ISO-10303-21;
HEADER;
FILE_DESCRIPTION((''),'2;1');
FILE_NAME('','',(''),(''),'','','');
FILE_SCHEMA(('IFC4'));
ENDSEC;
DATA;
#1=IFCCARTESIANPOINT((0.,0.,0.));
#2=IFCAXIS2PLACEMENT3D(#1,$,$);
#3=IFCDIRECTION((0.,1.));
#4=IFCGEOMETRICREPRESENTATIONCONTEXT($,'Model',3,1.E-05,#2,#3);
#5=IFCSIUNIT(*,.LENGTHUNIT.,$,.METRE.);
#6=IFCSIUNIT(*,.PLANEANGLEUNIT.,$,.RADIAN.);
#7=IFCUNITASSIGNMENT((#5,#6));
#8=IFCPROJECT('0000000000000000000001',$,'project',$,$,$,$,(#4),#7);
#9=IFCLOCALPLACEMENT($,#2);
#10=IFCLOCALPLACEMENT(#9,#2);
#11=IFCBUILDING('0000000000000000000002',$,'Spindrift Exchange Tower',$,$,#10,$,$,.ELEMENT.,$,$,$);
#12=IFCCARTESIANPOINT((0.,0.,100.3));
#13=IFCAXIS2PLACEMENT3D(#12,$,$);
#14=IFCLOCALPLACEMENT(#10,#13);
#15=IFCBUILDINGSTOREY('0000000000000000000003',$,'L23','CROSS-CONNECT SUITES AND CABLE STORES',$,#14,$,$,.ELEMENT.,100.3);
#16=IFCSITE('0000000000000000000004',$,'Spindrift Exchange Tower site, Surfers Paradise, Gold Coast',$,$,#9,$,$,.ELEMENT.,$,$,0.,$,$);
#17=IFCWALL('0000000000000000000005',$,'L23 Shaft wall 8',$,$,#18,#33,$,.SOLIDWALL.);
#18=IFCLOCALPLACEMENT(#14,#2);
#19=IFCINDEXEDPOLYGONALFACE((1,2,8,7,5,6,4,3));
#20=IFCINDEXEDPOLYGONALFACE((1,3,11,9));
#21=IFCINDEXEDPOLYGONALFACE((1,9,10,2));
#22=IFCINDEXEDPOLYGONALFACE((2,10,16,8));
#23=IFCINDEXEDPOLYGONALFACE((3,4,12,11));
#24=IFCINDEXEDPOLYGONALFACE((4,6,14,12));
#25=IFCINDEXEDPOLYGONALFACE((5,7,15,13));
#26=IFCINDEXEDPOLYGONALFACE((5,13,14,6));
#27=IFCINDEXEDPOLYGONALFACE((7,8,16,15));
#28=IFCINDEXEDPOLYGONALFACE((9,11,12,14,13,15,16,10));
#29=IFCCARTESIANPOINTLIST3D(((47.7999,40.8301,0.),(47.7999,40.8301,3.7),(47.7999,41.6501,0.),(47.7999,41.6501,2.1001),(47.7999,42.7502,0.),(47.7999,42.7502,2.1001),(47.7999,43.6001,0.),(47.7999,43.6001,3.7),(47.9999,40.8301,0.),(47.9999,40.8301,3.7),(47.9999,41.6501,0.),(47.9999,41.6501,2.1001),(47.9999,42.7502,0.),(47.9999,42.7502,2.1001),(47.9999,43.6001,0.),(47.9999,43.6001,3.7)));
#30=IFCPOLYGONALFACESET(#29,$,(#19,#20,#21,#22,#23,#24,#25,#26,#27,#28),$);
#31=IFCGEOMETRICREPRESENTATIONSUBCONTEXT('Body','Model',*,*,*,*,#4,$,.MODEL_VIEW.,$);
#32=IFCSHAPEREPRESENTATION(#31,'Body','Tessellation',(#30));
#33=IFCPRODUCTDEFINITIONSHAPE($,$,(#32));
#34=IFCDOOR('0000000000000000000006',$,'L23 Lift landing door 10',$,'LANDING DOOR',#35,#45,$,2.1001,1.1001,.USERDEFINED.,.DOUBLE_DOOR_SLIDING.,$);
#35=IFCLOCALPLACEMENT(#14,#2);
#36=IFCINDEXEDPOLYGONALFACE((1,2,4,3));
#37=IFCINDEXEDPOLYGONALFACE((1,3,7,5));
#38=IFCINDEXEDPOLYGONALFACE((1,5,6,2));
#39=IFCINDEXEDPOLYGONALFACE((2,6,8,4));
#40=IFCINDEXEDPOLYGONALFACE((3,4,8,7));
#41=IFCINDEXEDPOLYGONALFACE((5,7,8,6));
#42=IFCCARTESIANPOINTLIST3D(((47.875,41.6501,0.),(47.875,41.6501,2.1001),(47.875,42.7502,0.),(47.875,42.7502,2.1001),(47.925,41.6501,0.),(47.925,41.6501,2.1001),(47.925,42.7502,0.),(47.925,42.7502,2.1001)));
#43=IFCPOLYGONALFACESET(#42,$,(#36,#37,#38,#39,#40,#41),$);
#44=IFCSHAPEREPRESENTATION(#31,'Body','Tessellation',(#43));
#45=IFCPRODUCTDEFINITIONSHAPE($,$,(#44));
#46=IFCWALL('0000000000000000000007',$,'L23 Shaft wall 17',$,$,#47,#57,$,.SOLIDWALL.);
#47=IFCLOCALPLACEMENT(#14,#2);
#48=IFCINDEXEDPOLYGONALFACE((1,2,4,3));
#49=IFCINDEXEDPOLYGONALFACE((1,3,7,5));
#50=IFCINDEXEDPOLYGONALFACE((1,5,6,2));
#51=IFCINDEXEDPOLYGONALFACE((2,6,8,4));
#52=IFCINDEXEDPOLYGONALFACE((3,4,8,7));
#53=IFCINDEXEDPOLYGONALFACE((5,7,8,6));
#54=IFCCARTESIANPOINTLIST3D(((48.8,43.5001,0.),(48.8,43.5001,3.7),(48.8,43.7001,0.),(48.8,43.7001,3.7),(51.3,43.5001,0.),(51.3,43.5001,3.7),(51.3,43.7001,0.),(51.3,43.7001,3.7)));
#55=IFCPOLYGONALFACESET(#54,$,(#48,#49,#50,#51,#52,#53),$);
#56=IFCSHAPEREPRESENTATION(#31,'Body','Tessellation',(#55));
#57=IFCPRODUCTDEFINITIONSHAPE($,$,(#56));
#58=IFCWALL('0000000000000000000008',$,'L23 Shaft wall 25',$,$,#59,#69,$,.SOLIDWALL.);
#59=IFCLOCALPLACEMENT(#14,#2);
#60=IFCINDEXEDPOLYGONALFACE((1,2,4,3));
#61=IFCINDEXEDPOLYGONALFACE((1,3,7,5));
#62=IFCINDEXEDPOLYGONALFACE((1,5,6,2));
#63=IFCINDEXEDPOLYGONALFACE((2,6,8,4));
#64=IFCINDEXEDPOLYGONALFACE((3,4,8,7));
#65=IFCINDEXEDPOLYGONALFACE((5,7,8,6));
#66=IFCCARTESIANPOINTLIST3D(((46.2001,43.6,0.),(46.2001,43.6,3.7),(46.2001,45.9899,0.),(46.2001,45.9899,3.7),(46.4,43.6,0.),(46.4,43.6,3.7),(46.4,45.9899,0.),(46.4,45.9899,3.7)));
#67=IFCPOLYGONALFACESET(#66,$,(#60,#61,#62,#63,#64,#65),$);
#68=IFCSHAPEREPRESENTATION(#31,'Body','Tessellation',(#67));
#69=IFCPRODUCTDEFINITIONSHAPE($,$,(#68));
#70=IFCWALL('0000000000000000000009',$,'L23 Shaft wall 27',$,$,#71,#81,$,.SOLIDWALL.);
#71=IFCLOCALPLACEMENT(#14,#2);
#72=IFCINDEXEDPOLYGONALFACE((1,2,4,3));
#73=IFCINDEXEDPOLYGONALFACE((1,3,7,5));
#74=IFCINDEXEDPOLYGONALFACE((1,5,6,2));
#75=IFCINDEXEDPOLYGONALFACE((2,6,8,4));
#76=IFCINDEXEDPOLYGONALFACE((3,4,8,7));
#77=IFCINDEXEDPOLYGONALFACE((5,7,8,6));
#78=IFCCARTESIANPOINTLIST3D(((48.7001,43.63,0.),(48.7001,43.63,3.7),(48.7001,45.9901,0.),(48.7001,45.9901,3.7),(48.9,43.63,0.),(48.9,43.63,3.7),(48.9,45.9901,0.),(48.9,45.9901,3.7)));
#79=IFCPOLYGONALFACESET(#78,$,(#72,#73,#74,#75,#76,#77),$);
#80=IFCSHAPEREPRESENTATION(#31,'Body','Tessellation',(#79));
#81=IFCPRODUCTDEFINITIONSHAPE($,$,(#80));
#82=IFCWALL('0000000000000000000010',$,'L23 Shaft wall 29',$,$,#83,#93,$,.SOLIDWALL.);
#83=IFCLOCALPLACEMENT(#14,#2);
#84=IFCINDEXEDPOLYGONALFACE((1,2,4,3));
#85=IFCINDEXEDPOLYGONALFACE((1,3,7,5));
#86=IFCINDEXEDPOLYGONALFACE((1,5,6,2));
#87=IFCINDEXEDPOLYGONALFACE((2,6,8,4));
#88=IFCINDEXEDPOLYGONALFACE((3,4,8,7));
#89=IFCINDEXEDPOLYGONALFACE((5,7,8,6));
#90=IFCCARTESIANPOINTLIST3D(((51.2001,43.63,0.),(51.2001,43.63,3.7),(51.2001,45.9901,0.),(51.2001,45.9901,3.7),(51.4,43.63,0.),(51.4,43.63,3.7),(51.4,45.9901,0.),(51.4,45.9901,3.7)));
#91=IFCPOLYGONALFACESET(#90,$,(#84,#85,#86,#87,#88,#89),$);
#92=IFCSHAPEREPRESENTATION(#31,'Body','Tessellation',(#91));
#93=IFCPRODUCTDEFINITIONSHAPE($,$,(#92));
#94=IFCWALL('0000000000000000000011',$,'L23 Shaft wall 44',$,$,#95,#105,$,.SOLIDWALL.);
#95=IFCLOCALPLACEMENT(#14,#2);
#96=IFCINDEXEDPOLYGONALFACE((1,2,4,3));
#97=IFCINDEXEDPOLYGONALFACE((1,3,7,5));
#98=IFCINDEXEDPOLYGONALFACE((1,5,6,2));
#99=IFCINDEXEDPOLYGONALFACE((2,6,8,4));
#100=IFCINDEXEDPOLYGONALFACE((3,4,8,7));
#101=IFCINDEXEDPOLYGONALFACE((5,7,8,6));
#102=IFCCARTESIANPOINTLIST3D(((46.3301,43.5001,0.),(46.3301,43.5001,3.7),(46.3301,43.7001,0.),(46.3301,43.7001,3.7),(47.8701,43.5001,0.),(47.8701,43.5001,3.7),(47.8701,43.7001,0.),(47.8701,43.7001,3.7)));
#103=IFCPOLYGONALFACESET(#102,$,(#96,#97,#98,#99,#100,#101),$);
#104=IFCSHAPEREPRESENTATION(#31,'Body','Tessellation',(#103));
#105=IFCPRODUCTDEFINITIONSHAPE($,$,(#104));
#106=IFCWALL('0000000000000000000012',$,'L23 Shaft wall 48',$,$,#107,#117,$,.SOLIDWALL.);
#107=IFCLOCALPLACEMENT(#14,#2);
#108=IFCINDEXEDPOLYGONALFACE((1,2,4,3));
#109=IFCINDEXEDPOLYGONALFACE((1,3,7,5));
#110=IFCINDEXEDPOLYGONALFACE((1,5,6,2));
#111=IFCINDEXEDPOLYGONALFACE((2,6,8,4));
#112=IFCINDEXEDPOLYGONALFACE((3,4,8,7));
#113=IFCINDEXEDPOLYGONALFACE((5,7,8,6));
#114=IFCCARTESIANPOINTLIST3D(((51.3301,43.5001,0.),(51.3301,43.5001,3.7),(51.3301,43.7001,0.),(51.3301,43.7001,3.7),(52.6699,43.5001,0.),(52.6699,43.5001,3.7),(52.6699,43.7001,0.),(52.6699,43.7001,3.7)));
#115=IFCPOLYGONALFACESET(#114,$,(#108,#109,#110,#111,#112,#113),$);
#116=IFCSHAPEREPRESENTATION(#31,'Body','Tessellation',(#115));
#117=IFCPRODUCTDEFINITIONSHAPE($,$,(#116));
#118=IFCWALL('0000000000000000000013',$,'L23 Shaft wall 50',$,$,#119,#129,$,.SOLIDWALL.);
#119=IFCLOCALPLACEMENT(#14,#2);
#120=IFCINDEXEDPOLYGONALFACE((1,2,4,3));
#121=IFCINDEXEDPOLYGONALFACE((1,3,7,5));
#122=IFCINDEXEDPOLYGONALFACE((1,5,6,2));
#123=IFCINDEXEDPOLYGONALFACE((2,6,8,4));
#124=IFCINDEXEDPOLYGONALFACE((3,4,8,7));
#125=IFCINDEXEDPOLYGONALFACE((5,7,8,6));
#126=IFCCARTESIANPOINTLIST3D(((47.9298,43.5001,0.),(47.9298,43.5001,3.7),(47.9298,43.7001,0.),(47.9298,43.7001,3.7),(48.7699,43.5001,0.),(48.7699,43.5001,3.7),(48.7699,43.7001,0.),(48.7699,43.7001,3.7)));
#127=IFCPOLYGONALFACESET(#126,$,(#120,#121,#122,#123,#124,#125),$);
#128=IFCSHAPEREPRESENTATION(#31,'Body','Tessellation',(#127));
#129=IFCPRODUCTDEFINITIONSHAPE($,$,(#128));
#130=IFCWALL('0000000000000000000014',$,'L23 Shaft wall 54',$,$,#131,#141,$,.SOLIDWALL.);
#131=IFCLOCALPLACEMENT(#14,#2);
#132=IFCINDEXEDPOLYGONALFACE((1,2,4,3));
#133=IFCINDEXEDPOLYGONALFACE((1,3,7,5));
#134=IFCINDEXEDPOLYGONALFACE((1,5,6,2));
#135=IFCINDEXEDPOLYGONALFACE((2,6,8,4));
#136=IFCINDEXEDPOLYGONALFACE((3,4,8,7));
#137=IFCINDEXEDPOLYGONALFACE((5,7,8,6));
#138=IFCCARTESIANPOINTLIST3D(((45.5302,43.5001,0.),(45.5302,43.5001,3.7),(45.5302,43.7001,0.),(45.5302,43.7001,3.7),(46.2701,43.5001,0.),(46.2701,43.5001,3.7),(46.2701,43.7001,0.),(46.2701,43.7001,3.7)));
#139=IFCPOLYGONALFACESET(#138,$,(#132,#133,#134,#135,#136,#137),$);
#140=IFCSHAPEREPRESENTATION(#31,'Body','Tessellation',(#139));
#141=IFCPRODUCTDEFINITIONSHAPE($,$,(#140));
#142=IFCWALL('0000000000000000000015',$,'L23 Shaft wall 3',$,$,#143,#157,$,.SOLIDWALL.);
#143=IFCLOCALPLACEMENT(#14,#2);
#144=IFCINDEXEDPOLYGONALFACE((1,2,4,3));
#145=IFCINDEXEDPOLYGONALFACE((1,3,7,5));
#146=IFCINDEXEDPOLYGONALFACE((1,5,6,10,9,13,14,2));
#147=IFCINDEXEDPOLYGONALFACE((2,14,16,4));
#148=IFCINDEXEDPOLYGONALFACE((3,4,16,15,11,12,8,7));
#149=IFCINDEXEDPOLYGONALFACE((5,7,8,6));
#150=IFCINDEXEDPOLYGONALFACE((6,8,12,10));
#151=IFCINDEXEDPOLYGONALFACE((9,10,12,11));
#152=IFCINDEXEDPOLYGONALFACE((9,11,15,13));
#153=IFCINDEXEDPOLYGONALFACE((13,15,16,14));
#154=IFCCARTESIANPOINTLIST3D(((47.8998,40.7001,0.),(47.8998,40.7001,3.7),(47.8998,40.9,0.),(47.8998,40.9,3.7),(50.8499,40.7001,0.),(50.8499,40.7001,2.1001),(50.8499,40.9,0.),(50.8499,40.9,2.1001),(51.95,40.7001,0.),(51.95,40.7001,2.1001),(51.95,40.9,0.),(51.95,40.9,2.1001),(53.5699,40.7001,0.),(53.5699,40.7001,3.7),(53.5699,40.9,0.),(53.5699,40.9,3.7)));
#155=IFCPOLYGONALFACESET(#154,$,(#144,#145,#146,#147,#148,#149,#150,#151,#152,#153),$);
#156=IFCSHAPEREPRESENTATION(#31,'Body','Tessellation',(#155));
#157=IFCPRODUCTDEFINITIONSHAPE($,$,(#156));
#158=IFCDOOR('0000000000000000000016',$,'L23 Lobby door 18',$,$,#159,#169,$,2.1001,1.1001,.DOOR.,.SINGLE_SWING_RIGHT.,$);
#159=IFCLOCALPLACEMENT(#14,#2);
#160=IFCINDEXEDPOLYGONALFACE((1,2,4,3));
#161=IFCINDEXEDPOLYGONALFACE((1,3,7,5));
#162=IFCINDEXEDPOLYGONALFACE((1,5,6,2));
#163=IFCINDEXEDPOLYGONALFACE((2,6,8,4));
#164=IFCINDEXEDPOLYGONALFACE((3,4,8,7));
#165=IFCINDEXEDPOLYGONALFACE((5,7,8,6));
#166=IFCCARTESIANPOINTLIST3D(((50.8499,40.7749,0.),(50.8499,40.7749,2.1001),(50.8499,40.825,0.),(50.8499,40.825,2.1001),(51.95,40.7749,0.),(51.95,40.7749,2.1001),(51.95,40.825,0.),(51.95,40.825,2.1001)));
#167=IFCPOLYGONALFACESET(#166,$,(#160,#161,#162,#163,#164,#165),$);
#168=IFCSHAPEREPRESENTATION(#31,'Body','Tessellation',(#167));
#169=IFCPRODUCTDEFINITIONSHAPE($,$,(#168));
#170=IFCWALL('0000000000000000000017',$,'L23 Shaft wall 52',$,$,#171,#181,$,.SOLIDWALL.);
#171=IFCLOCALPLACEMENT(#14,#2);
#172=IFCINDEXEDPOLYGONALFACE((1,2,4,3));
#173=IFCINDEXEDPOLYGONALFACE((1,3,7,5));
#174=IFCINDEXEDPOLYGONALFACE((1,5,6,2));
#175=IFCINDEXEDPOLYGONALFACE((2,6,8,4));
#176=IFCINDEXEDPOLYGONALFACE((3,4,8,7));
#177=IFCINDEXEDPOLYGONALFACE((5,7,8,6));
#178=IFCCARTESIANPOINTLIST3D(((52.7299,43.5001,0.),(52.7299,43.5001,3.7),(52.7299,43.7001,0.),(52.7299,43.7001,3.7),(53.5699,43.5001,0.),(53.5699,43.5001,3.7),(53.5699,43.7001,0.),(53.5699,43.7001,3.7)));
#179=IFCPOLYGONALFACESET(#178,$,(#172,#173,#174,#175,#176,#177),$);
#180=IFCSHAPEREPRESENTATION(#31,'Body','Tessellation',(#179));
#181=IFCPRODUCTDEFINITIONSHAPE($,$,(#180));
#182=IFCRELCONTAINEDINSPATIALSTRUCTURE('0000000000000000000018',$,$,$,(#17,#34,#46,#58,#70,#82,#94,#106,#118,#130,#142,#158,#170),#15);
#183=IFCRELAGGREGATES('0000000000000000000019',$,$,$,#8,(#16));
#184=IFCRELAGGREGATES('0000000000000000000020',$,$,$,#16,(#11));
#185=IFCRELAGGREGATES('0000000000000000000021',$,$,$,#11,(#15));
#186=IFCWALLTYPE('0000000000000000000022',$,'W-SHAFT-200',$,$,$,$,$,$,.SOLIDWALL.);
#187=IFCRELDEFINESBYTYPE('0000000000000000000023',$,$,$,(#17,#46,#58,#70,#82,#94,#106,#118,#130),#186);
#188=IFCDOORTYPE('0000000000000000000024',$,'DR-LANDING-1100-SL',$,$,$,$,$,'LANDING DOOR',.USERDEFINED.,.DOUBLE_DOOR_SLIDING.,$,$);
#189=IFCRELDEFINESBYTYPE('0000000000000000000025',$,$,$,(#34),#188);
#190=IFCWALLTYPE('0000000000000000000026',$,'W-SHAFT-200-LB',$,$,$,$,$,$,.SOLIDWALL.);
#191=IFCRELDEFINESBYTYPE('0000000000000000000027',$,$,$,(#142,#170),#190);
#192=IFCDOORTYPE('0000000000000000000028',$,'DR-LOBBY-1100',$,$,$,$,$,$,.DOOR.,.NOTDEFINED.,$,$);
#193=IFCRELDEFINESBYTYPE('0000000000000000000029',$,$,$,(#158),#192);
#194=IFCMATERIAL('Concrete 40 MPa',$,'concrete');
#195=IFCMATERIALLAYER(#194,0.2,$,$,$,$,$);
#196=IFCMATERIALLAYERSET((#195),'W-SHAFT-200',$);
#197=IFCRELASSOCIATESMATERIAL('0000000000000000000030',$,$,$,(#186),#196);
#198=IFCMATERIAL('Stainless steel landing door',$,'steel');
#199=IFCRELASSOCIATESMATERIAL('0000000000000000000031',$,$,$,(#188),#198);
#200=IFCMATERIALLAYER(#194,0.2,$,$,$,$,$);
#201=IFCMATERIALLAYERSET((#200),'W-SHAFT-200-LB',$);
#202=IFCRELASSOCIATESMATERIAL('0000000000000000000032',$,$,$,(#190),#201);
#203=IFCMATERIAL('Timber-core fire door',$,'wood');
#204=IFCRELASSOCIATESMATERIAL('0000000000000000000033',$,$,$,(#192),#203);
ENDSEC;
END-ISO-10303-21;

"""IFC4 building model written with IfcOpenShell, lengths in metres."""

from ifc_helpers import new_model, si_unit, direction, frame, frame_2d, origin, place, context, subcontext, project, spatial, rectangle, extrude, source, transform, mapped, material, layer, layer_set, type_object, element, fill, save


model = new_model("IFC4")

# Units and contexts
model_context = context("Model", 3, precision=1e-05, world=origin(), true_north=direction((0.0, 1.0)))
body_context = subcontext(model_context, "Body", "Model", "MODEL_VIEW")
ifc_project = project(units=[si_unit("LENGTHUNIT", "METRE"), si_unit("PLANEANGLEUNIT", "RADIAN")], contexts=[model_context])

# Site, building, storey
site_placement = place(None, origin())
site = spatial("IfcSite", under=ifc_project, at=site_placement, Name="Spindrift Exchange Tower site, Surfers Paradise, Gold Coast", CompositionType="ELEMENT", RefElevation=0.0)
building_placement = place(site_placement, origin())
building = spatial("IfcBuilding", under=site, at=building_placement, Name="Spindrift Exchange Tower", CompositionType="ELEMENT")
storey_placement = place(building_placement, frame((0.0, 0.0, 100.3)))
storey = spatial("IfcBuildingStorey", under=building, at=storey_placement, Name="L23", Description="CROSS-CONNECT SUITES AND CABLE STORES", CompositionType="ELEMENT", Elevation=100.3)

# Wall, opening, door
ifc_material_1 = material(Name="Concrete 40 MPa", Category="concrete")
ifc_layer_1 = layer(ifc_material_1, 0.2)
ifc_layer_set_1 = layer_set([ifc_layer_1], Name="W-SHAFT-200")
wall_type_1 = type_object("IfcWallType", Name="W-SHAFT-200", PredefinedType="SOLIDWALL", material=ifc_layer_set_1)
wall_1_placement = place(storey_placement, frame((47.8999, 40.8301, 0.0), z_axis=(0.0, 0.0, 1.0), x_axis=(0.0, 1.0, 0.0)))
wall_1 = element("IfcWall", 1, at=wall_1_placement, inside=storey, type_object=wall_type_1, Name="L23 Shaft wall 8", PredefinedType="SOLIDWALL", context=body_context, shape_type="SweptSolid", body=[
    extrude(rectangle(XDim=2.77, YDim=0.2, at=frame_2d((1.385, 0.0))), origin(), (0.0, 0.0, 1.0), 3.7),
])
opening_1_placement = place(wall_1_placement, frame((0.8201, 0.0, 0.0)))
opening_1 = element("IfcOpeningElement", 2, at=opening_1_placement, cuts=wall_1, PredefinedType="OPENING", context=body_context, shape_type="SweptSolid", body=[
    extrude(rectangle(XDim=1.1001, YDim=2.1001, at=frame_2d((0.55, 1.05))), frame((0.0, 0.1099, 0.0), z_axis=(0.0, -1.0, 0.0), x_axis=(1.0, 0.0, 0.0)), (0.0, 0.0, 1.0), 0.22),
])
ifc_material_2 = material(Name="Stainless steel landing door", Category="steel")
door_type_1 = type_object("IfcDoorType", Name="DR-LANDING-1100-SL", ElementType="LANDING DOOR", OperationType="DOUBLE_DOOR_SLIDING", PredefinedType="USERDEFINED", material=ifc_material_2)
shared_shape_1 = source(origin(), body_context, "Body", "SweptSolid", [
    extrude(rectangle(XDim=1.1001, YDim=2.1001, at=frame_2d((0.55, 1.05))), frame((0.0, 0.0249, 0.0), z_axis=(0.0, -1.0, 0.0), x_axis=(1.0, 0.0, 0.0)), (0.0, 0.0, 1.0), 0.05),
])
door_1_placement = place(opening_1_placement, origin())
door_1 = element("IfcDoor", 3, at=door_1_placement, inside=storey, type_object=door_type_1, Name="L23 Lift landing door 10", ObjectType="LANDING DOOR", OperationType="DOUBLE_DOOR_SLIDING", OverallHeight=2.1001, OverallWidth=1.1001, PredefinedType="USERDEFINED", context=body_context, shape_type="MappedRepresentation", body=[
    mapped(shared_shape_1, transform((0.0, 0.0, 0.0), scale=1.0)),
])
fill(opening_1, door_1)

# Walls
wall_2_placement = place(storey_placement, frame((48.8, 43.6001, 0.0), z_axis=(0.0, 0.0, 1.0), x_axis=(1.0, 0.0, 0.0)))
element("IfcWall", 4, at=wall_2_placement, inside=storey, type_object=wall_type_1, Name="L23 Shaft wall 17", PredefinedType="SOLIDWALL", context=body_context, shape_type="SweptSolid", body=[
    extrude(rectangle(XDim=2.5, YDim=0.2, at=frame_2d((1.25, 0.0))), origin(), (0.0, 0.0, 1.0), 3.7),
])
wall_3_placement = place(storey_placement, frame((46.3, 43.6001, 0.0), z_axis=(0.0, 0.0, 1.0), x_axis=(0.0, 1.0, 0.0)))
element("IfcWall", 5, at=wall_3_placement, inside=storey, type_object=wall_type_1, Name="L23 Shaft wall 25", PredefinedType="SOLIDWALL", context=body_context, shape_type="SweptSolid", body=[
    extrude(rectangle(XDim=2.3899, YDim=0.2, at=frame_2d((1.1948, 0.0))), origin(), (0.0, 0.0, 1.0), 3.7),
])
for number, where, z_axis, x_axis, name in (
    (6, (48.8, 43.6299, 0.0), (0.0, 0.0, 1.0), (0.0, 1.0, 0.0), "L23 Shaft wall 27"),
    (7, (51.3, 43.6299, 0.0), (0.0, 0.0, 1.0), (0.0, 1.0, 0.0), "L23 Shaft wall 29"),
):
    element("IfcWall", number, at=place(storey_placement, frame(where, z_axis=z_axis, x_axis=x_axis)), inside=storey, type_object=wall_type_1, Name=name, PredefinedType="SOLIDWALL", context=body_context, shape_type="SweptSolid", body=[
        extrude(rectangle(XDim=2.3601, YDim=0.2, at=frame_2d((1.1802, 0.0))), origin(), (0.0, 0.0, 1.0), 3.7),
    ])
wall_4_placement = place(storey_placement, frame((46.3301, 43.6001, 0.0), z_axis=(0.0, 0.0, 1.0), x_axis=(1.0, 0.0, 0.0)))
element("IfcWall", 8, at=wall_4_placement, inside=storey, type_object=wall_type_1, Name="L23 Shaft wall 44", PredefinedType="SOLIDWALL", context=body_context, shape_type="SweptSolid", body=[
    extrude(rectangle(XDim=1.54, YDim=0.2, at=frame_2d((0.77, 0.0))), origin(), (0.0, 0.0, 1.0), 3.7),
])
wall_5_placement = place(storey_placement, frame((52.6699, 43.6001, 0.0), z_axis=(0.0, 0.0, 1.0), x_axis=(-1.0, 0.0, 0.0)))
element("IfcWall", 9, at=wall_5_placement, inside=storey, type_object=wall_type_1, Name="L23 Shaft wall 48", PredefinedType="SOLIDWALL", context=body_context, shape_type="SweptSolid", body=[
    extrude(rectangle(XDim=1.3398, YDim=0.2, at=frame_2d((0.6699, 0.0))), origin(), (0.0, 0.0, 1.0), 3.7),
])
wall_6_placement = place(storey_placement, frame((47.9299, 43.6001, 0.0), z_axis=(0.0, 0.0, 1.0), x_axis=(1.0, 0.0, 0.0)))
element("IfcWall", 10, at=wall_6_placement, inside=storey, type_object=wall_type_1, Name="L23 Shaft wall 50", PredefinedType="SOLIDWALL", context=body_context, shape_type="SweptSolid", body=[
    extrude(rectangle(XDim=0.8401, YDim=0.2, at=frame_2d((0.4199, 0.0))), origin(), (0.0, 0.0, 1.0), 3.7),
])
wall_7_placement = place(storey_placement, frame((45.53, 43.6001, 0.0), z_axis=(0.0, 0.0, 1.0), x_axis=(1.0, 0.0, 0.0)))
element("IfcWall", 11, at=wall_7_placement, inside=storey, type_object=wall_type_1, Name="L23 Shaft wall 54", PredefinedType="SOLIDWALL", context=body_context, shape_type="SweptSolid", body=[
    extrude(rectangle(XDim=0.74, YDim=0.2, at=frame_2d((0.3701, 0.0))), origin(), (0.0, 0.0, 1.0), 3.7),
])

# Wall, opening, door
ifc_layer_2 = layer(ifc_material_1, 0.2)
ifc_layer_set_2 = layer_set([ifc_layer_2], Name="W-SHAFT-200-LB")
wall_type_2 = type_object("IfcWallType", Name="W-SHAFT-200-LB", PredefinedType="SOLIDWALL", material=ifc_layer_set_2)
wall_8_placement = place(storey_placement, frame((47.8999, 40.8, 0.0), z_axis=(0.0, 0.0, 1.0), x_axis=(1.0, 0.0, 0.0)))
wall_8 = element("IfcWall", 12, at=wall_8_placement, inside=storey, type_object=wall_type_2, Name="L23 Shaft wall 3", PredefinedType="SOLIDWALL", context=body_context, shape_type="SweptSolid", body=[
    extrude(rectangle(XDim=5.6702, YDim=0.2, at=frame_2d((2.835, 0.0))), origin(), (0.0, 0.0, 1.0), 3.7),
])
opening_2_placement = place(wall_8_placement, frame((2.95, 0.0, 0.0)))
opening_2 = element("IfcOpeningElement", 13, at=opening_2_placement, cuts=wall_8, PredefinedType="OPENING", context=body_context, shape_type="SweptSolid", body=[
    extrude(rectangle(XDim=1.1001, YDim=2.1001, at=frame_2d((0.55, 1.05))), frame((0.0, 0.1099, 0.0), z_axis=(0.0, -1.0, 0.0), x_axis=(1.0, 0.0, 0.0)), (0.0, 0.0, 1.0), 0.22),
])
ifc_material_3 = material(Name="Timber-core fire door", Category="wood")
door_type_2 = type_object("IfcDoorType", Name="DR-LOBBY-1100", OperationType="NOTDEFINED", PredefinedType="DOOR", material=ifc_material_3)
shared_shape_2 = source(origin(), body_context, "Body", "SweptSolid", [
    extrude(rectangle(XDim=1.1001, YDim=2.1001, at=frame_2d((0.55, 1.05))), frame((0.0, 0.0249, 0.0), z_axis=(0.0, -1.0, 0.0), x_axis=(1.0, 0.0, 0.0)), (0.0, 0.0, 1.0), 0.05),
])
door_2_placement = place(opening_2_placement, origin())
door_2 = element("IfcDoor", 14, at=door_2_placement, inside=storey, type_object=door_type_2, Name="L23 Lobby door 18", OperationType="SINGLE_SWING_RIGHT", OverallHeight=2.1001, OverallWidth=1.1001, PredefinedType="DOOR", context=body_context, shape_type="MappedRepresentation", body=[
    mapped(shared_shape_2, transform((0.0, 0.0, 0.0), scale=1.0)),
])
fill(opening_2, door_2)

# Wall
wall_9_placement = place(storey_placement, frame((52.73, 43.6001, 0.0), z_axis=(0.0, 0.0, 1.0), x_axis=(1.0, 0.0, 0.0)))
element("IfcWall", 15, at=wall_9_placement, inside=storey, type_object=wall_type_2, Name="L23 Shaft wall 52", PredefinedType="SOLIDWALL", context=body_context, shape_type="SweptSolid", body=[
    extrude(rectangle(XDim=0.8401, YDim=0.2, at=frame_2d((0.4199, 0.0))), origin(), (0.0, 0.0, 1.0), 3.7),
])

save(model, "model.ifc")
